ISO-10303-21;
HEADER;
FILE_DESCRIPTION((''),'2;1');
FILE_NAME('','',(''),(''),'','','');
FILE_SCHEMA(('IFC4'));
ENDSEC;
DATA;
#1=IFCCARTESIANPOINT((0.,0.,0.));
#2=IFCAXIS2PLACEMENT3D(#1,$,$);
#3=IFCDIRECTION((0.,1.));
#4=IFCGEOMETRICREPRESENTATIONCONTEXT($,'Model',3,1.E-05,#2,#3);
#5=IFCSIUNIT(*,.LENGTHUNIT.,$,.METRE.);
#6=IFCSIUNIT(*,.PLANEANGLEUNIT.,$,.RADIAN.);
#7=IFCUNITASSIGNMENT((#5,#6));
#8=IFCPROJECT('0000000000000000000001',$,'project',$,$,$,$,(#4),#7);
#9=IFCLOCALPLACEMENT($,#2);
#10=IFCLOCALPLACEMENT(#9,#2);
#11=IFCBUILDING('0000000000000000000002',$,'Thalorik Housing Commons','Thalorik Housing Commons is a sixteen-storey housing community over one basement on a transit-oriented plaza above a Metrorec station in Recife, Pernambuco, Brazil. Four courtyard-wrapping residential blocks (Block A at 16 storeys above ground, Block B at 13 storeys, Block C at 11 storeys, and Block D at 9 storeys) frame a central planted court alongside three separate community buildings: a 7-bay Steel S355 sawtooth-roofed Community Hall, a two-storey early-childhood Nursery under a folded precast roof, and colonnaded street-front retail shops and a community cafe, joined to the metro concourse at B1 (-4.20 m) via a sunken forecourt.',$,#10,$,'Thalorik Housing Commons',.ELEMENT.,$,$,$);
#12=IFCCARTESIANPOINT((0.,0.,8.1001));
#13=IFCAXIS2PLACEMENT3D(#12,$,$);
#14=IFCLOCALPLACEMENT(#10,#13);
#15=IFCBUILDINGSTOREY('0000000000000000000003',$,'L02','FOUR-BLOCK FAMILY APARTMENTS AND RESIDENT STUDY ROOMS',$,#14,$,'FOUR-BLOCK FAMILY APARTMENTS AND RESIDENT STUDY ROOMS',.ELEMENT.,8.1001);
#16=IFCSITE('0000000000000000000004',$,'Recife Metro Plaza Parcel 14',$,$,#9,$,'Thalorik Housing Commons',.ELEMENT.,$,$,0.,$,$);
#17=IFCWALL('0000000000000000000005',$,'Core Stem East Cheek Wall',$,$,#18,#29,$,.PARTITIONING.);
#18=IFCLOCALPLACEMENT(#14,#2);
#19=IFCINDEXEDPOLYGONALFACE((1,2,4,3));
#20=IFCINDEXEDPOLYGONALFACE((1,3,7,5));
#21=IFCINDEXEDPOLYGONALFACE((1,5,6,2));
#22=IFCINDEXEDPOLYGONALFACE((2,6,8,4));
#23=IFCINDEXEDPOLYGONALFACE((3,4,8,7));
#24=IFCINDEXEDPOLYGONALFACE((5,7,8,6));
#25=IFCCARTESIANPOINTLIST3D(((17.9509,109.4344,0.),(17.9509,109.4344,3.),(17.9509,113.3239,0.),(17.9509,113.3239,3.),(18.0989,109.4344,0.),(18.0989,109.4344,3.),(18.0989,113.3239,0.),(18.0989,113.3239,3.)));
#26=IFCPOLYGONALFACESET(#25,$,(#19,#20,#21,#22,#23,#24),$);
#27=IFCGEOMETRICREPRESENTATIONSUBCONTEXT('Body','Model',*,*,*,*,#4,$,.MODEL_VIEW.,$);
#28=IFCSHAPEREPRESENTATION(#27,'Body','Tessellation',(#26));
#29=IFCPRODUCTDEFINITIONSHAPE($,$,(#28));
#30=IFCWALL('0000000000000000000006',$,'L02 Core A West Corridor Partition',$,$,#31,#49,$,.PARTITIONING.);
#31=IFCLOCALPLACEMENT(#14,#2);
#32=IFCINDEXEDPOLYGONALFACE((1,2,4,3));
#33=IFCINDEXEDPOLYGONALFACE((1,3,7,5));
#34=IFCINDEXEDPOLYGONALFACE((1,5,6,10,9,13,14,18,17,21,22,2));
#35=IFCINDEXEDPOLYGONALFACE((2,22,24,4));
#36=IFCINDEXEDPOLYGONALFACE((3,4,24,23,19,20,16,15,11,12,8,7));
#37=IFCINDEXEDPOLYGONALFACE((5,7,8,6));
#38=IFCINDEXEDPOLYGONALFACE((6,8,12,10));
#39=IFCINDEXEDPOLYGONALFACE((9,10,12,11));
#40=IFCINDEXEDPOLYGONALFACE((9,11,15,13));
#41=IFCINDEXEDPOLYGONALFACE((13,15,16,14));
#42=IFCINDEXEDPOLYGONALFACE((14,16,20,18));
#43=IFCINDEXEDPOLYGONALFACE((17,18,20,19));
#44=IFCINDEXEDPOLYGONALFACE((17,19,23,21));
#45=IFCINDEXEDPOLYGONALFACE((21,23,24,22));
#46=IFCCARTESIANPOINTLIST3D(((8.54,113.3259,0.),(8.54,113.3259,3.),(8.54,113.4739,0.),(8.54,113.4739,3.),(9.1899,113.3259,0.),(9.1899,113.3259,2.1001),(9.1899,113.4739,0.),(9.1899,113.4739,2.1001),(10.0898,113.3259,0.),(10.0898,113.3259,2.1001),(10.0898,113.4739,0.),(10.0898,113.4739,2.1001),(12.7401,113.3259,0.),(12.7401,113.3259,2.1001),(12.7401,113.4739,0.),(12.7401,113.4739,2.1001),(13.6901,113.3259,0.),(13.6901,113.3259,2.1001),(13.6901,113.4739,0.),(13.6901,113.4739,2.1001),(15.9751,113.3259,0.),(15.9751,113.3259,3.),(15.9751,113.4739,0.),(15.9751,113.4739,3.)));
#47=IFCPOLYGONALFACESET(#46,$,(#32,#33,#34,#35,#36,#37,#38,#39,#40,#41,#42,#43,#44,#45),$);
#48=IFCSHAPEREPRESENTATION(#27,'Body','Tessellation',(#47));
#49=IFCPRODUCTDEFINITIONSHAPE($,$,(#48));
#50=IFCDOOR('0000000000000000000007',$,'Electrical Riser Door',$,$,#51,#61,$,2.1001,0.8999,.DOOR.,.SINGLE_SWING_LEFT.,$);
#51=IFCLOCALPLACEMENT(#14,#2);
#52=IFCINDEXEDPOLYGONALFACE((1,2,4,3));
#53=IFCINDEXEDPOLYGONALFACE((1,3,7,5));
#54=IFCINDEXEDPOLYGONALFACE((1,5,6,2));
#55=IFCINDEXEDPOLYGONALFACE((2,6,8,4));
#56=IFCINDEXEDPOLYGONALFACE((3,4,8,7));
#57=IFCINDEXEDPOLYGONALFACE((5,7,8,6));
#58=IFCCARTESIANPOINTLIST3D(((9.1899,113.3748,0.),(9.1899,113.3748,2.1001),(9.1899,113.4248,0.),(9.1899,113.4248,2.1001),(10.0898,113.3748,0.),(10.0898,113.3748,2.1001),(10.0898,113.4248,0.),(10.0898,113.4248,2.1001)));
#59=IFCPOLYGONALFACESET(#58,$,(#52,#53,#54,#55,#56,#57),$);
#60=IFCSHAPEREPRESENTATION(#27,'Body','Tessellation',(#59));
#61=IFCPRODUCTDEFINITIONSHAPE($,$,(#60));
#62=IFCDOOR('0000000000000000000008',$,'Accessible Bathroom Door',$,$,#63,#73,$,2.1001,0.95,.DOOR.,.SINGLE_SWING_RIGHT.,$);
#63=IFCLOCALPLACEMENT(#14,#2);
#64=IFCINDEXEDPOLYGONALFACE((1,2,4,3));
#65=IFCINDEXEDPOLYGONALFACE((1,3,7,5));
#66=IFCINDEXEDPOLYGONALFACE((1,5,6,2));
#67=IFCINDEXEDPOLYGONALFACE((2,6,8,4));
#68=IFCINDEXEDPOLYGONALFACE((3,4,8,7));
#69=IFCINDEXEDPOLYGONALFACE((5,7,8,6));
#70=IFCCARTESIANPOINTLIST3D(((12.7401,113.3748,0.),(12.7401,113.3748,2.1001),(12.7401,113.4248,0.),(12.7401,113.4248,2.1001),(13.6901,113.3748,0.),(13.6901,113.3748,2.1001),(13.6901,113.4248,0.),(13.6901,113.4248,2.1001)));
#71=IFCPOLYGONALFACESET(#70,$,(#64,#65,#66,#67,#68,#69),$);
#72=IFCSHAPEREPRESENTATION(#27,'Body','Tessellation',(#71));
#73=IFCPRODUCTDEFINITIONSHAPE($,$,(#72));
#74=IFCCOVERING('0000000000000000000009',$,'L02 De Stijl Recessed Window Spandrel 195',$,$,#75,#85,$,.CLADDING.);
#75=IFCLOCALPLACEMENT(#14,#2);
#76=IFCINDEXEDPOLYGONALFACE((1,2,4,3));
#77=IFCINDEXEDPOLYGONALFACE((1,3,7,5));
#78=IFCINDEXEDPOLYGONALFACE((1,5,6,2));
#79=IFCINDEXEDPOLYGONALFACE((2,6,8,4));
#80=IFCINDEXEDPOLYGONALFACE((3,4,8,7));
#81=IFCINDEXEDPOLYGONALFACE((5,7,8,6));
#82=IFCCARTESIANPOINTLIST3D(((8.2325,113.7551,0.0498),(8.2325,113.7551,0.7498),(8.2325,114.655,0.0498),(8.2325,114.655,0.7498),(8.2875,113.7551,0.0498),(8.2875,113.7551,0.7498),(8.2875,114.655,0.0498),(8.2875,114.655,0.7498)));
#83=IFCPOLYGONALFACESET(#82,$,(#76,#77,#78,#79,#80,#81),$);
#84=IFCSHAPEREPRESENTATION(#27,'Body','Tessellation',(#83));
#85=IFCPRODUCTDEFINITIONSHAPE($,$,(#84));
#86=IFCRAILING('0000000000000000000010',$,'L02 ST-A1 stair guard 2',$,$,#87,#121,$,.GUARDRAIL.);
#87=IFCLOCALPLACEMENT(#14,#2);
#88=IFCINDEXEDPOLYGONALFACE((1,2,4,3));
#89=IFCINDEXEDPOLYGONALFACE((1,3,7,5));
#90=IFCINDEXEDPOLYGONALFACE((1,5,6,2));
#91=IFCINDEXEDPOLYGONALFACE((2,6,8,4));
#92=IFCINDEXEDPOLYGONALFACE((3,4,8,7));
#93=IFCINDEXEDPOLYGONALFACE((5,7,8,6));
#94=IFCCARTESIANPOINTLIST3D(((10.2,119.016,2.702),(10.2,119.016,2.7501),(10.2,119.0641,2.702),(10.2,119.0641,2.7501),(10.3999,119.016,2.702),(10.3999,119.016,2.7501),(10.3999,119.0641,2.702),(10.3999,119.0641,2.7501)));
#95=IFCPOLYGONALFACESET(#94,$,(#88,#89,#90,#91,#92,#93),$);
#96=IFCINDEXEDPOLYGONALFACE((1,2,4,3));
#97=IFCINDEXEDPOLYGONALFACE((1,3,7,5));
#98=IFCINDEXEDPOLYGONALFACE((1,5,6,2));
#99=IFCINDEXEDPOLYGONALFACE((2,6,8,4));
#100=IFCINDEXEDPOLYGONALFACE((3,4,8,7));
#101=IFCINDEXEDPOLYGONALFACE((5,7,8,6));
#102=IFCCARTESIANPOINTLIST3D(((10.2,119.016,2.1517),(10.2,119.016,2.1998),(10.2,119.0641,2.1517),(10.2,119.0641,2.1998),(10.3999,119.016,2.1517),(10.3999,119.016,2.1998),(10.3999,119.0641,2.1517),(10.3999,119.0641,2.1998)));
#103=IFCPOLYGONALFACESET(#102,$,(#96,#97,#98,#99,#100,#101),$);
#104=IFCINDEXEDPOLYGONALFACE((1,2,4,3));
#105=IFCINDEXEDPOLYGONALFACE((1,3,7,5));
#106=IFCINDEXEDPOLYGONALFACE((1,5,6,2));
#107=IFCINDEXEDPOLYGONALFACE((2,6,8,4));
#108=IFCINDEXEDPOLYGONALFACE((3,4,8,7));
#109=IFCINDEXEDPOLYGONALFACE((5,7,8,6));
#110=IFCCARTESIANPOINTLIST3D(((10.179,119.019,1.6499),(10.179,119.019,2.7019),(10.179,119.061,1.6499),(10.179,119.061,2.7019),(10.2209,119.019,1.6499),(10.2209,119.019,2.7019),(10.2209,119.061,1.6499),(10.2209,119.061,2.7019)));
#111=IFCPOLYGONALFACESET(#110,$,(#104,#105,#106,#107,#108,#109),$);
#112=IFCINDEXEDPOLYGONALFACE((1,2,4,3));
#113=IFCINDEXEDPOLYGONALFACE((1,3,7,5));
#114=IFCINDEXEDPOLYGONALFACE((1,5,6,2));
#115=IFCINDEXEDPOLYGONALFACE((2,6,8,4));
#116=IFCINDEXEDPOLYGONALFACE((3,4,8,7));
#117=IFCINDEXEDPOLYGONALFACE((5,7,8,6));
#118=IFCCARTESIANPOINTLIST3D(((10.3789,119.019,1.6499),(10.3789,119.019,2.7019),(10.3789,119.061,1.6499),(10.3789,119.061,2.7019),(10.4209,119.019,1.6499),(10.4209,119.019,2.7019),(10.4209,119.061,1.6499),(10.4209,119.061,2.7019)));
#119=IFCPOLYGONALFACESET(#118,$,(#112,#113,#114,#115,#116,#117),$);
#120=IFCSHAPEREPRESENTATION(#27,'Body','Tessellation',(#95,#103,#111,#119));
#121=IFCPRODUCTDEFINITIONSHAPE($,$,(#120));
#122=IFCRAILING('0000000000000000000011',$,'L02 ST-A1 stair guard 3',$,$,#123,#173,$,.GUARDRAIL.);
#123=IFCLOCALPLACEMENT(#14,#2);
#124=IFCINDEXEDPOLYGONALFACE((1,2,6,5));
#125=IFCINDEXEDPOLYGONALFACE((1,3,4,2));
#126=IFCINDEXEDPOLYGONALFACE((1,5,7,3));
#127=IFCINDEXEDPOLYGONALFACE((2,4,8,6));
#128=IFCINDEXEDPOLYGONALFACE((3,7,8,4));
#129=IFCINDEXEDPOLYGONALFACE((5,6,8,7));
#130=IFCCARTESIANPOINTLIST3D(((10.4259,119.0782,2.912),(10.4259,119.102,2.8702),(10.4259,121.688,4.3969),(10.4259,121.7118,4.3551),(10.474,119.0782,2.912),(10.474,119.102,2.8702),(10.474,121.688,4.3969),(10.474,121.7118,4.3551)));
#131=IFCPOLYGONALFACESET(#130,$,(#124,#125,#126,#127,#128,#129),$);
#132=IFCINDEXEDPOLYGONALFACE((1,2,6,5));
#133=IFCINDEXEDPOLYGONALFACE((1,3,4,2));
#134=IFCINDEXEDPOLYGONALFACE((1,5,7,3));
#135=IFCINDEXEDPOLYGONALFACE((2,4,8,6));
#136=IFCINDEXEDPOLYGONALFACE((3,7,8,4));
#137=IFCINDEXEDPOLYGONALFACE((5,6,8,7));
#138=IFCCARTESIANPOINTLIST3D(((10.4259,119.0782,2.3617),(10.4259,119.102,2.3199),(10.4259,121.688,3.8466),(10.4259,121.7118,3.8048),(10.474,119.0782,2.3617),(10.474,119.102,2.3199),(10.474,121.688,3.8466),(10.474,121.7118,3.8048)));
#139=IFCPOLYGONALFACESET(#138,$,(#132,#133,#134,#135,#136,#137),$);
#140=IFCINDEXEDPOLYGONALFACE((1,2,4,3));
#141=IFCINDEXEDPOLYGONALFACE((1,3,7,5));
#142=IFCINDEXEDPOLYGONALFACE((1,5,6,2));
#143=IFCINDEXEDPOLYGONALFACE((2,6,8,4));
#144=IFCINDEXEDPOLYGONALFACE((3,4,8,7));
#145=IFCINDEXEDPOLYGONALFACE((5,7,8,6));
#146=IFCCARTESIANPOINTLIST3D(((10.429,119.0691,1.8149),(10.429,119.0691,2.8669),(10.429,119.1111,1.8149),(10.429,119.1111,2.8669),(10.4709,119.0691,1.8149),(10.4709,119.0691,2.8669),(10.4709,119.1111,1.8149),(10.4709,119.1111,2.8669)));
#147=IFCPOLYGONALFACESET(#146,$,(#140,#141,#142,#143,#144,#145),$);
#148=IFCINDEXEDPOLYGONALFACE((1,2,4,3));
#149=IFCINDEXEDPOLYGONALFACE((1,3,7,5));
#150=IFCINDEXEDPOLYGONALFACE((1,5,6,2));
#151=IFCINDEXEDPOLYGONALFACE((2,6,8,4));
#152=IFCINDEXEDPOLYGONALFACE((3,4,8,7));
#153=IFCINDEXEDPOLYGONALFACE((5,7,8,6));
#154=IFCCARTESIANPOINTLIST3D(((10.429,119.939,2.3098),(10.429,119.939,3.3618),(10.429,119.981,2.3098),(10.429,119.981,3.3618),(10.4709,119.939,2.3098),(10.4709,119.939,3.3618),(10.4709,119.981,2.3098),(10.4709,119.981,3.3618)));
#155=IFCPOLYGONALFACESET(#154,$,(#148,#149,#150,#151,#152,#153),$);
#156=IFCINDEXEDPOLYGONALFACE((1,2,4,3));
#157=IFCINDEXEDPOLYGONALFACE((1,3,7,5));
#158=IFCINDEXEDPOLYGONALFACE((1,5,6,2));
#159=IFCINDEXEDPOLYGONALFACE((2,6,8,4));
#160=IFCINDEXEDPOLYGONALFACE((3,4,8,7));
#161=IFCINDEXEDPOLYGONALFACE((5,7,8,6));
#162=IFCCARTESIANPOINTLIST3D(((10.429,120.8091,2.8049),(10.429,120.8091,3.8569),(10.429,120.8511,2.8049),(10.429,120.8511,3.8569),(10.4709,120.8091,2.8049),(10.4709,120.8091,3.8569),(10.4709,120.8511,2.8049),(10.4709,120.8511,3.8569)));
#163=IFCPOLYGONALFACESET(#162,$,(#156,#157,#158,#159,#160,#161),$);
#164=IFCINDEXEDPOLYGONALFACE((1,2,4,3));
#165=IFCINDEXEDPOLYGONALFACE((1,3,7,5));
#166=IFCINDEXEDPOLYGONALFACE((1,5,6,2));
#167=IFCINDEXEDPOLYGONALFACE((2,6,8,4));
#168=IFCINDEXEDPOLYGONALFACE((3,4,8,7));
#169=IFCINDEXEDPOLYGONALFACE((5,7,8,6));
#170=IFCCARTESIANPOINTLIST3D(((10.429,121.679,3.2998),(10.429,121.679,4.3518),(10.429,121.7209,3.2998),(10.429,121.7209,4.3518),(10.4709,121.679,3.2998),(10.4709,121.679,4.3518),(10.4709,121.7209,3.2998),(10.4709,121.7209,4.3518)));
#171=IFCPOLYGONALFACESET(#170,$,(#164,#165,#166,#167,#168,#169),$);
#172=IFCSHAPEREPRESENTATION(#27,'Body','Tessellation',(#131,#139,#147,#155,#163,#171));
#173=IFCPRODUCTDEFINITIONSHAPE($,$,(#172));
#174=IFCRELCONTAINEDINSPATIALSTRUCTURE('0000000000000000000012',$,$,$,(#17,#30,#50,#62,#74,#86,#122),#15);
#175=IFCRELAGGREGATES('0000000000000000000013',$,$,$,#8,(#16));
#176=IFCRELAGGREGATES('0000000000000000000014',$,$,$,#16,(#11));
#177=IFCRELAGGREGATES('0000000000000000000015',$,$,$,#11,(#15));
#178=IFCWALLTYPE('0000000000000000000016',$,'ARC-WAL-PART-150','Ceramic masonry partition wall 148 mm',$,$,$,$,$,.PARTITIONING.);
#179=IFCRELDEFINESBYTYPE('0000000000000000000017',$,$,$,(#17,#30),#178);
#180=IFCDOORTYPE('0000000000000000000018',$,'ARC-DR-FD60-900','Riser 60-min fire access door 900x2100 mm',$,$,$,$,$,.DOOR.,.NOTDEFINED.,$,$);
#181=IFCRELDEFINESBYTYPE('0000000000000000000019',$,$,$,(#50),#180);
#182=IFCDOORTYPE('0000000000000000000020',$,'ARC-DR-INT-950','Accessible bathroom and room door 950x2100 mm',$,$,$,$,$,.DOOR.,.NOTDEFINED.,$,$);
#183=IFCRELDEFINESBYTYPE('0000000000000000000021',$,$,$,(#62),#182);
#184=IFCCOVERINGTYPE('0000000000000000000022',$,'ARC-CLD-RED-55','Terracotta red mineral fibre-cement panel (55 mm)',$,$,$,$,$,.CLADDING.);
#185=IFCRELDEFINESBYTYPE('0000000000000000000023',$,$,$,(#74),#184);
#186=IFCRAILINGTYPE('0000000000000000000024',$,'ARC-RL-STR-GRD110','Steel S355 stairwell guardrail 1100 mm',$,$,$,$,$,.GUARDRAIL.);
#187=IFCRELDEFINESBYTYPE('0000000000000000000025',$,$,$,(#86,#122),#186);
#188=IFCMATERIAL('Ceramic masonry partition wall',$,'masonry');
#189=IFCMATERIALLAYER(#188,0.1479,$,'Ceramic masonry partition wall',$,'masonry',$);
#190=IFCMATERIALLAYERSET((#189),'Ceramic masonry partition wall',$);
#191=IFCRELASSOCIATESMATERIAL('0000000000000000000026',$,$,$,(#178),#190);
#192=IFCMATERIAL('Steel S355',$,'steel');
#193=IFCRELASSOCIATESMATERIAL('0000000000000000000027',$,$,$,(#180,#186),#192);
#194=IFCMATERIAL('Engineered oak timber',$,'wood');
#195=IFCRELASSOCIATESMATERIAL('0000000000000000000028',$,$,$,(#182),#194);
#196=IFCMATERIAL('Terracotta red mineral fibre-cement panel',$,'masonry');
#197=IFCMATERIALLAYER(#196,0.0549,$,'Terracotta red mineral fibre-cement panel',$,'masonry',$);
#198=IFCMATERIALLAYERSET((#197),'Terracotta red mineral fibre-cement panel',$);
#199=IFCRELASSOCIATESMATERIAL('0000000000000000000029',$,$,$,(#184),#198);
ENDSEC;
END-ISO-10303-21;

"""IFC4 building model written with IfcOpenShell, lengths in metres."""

from ifc_helpers import new_model, si_unit, direction, frame, frame_2d, origin, origin_2d, place, context, subcontext, project, spatial, rectangle, extrude, material, layer, layer_set, type_object, element, fill, save


model = new_model("IFC4")

# Units and contexts
model_context = context("Model", 3, precision=1e-05, world=origin(), true_north=direction((0.0, 1.0)))
body_context = subcontext(model_context, "Body", "Model", "MODEL_VIEW")
ifc_project = project(units=[si_unit("LENGTHUNIT", "METRE"), si_unit("PLANEANGLEUNIT", "RADIAN")], contexts=[model_context])

# Site, building, storey
site_placement = place(None, origin())
site = spatial("IfcSite", under=ifc_project, at=site_placement, Name="Recife Metro Plaza Parcel 14", LongName="Thalorik Housing Commons", CompositionType="ELEMENT", RefElevation=0.0)
building_placement = place(site_placement, origin())
building = spatial("IfcBuilding", under=site, at=building_placement, Name="Thalorik Housing Commons", Description="Thalorik Housing Commons is a sixteen-storey housing community over one basement on a transit-oriented plaza above a Metrorec station in Recife, Pernambuco, Brazil. Four courtyard-wrapping residential blocks (Block A at 16 storeys above ground, Block B at 13 storeys, Block C at 11 storeys, and Block D at 9 storeys) frame a central planted court alongside three separate community buildings: a 7-bay Steel S355 sawtooth-roofed Community Hall, a two-storey early-childhood Nursery under a folded precast roof, and colonnaded street-front retail shops and a community cafe, joined to the metro concourse at B1 (-4.20 m) via a sunken forecourt.", LongName="Thalorik Housing Commons", CompositionType="ELEMENT")
storey_placement = place(building_placement, frame((0.0, 0.0, 8.1001)))
storey = spatial("IfcBuildingStorey", under=building, at=storey_placement, Name="L02", Description="FOUR-BLOCK FAMILY APARTMENTS AND RESIDENT STUDY ROOMS", LongName="FOUR-BLOCK FAMILY APARTMENTS AND RESIDENT STUDY ROOMS", CompositionType="ELEMENT", Elevation=8.1001)

# Shared definitions
ifc_material_1 = material(Name="Steel S355", Category="steel")

# Wall
ifc_material_2 = material(Name="Ceramic masonry partition wall", Category="masonry")
ifc_layer_1 = layer(ifc_material_2, 0.1479, Name="Ceramic masonry partition wall", Category="masonry")
ifc_layer_set_1 = layer_set([ifc_layer_1], Name="Ceramic masonry partition wall")
wall_type_1 = type_object("IfcWallType", Name="ARC-WAL-PART-150", Description="Ceramic masonry partition wall 148 mm", PredefinedType="PARTITIONING", material=ifc_layer_set_1)
wall_1_placement = place(storey_placement, frame((18.0249, 113.324, 0.0), z_axis=(0.0, 0.0, 1.0), x_axis=(0.0, -1.0, 0.0)))
element("IfcWall", 1, at=wall_1_placement, inside=storey, type_object=wall_type_1, Name="Core Stem East Cheek Wall", PredefinedType="PARTITIONING", context=body_context, shape_type="SweptSolid", body=[
    extrude(rectangle(XDim=3.8894, YDim=0.1479, at=frame_2d((1.9448, 0.0))), origin(), (0.0, 0.0, 1.0), 3.0),
])

# Wall, openings, doors
wall_2_placement = place(storey_placement, frame((8.54, 113.3999, 0.0), z_axis=(0.0, 0.0, 1.0), x_axis=(1.0, 0.0, 0.0)))
wall_2 = element("IfcWall", 2, at=wall_2_placement, inside=storey, type_object=wall_type_1, Name="L02 Core A West Corridor Partition", PredefinedType="PARTITIONING", context=body_context, shape_type="SweptSolid", body=[
    extrude(rectangle(XDim=7.4351, YDim=0.1479, at=frame_2d((3.7175, 0.0))), origin(), (0.0, 0.0, 1.0), 3.0),
])
opening_1_placement = place(wall_2_placement, frame((0.6499, 0.0, 0.0)))
opening_1 = element("IfcOpeningElement", 3, at=opening_1_placement, cuts=wall_2, PredefinedType="OPENING", context=body_context, shape_type="SweptSolid", body=[
    extrude(rectangle(XDim=0.8999, YDim=2.1001, at=frame_2d((0.45, 1.05))), frame((0.0, 0.084, 0.0), z_axis=(0.0, -1.0, 0.0), x_axis=(1.0, 0.0, 0.0)), (0.0, 0.0, 1.0), 0.168),
])
opening_2_placement = place(wall_2_placement, frame((4.2, 0.0, 0.0)))
opening_2 = element("IfcOpeningElement", 4, at=opening_2_placement, cuts=wall_2, PredefinedType="OPENING", context=body_context, shape_type="SweptSolid", body=[
    extrude(rectangle(XDim=0.95, YDim=2.1001, at=frame_2d((0.4751, 1.05))), frame((0.0, 0.084, 0.0), z_axis=(0.0, -1.0, 0.0), x_axis=(1.0, 0.0, 0.0)), (0.0, 0.0, 1.0), 0.168),
])
door_type_1 = type_object("IfcDoorType", Name="ARC-DR-FD60-900", Description="Riser 60-min fire access door 900x2100 mm", OperationType="NOTDEFINED", PredefinedType="DOOR", material=ifc_material_1)
door_1_placement = place(opening_1_placement, origin())
door_1 = element("IfcDoor", 5, at=door_1_placement, inside=storey, type_object=door_type_1, Name="Electrical Riser Door", OperationType="SINGLE_SWING_LEFT", OverallHeight=2.1001, OverallWidth=0.8999, PredefinedType="DOOR", context=body_context, shape_type="SweptSolid", body=[
    extrude(rectangle(XDim=0.8999, YDim=2.1001, at=frame_2d((0.45, 1.05))), frame((0.0, 0.0249, 0.0), z_axis=(0.0, -1.0, 0.0), x_axis=(1.0, 0.0, 0.0)), (0.0, 0.0, 1.0), 0.05),
])
fill(opening_1, door_1)
ifc_material_3 = material(Name="Engineered oak timber", Category="wood")
door_type_2 = type_object("IfcDoorType", Name="ARC-DR-INT-950", Description="Accessible bathroom and room door 950x2100 mm", OperationType="NOTDEFINED", PredefinedType="DOOR", material=ifc_material_3)
door_2_placement = place(opening_2_placement, origin())
door_2 = element("IfcDoor", 6, at=door_2_placement, inside=storey, type_object=door_type_2, Name="Accessible Bathroom Door", OperationType="SINGLE_SWING_RIGHT", OverallHeight=2.1001, OverallWidth=0.95, PredefinedType="DOOR", context=body_context, shape_type="SweptSolid", body=[
    extrude(rectangle(XDim=0.95, YDim=2.1001, at=frame_2d((0.4751, 1.05))), frame((0.0, 0.0249, 0.0), z_axis=(0.0, -1.0, 0.0), x_axis=(1.0, 0.0, 0.0)), (0.0, 0.0, 1.0), 0.05),
])
fill(opening_2, door_2)

# Covering
ifc_material_4 = material(Name="Terracotta red mineral fibre-cement panel", Category="masonry")
ifc_layer_2 = layer(ifc_material_4, 0.0549, Name="Terracotta red mineral fibre-cement panel", Category="masonry")
ifc_layer_set_2 = layer_set([ifc_layer_2], Name="Terracotta red mineral fibre-cement panel")
covering_type_1 = type_object("IfcCoveringType", Name="ARC-CLD-RED-55", Description="Terracotta red mineral fibre-cement panel (55 mm)", PredefinedType="CLADDING", material=ifc_layer_set_2)
covering_1_placement = place(storey_placement, frame((8.26, 114.2051, 0.0498), z_axis=(0.0, 0.0, 1.0), x_axis=(0.0, -1.0, 0.0)))
element("IfcCovering", 7, at=covering_1_placement, inside=storey, type_object=covering_type_1, Name="L02 De Stijl Recessed Window Spandrel 195", PredefinedType="CLADDING", context=body_context, shape_type="SweptSolid", body=[
    extrude(rectangle(XDim=0.8999, YDim=0.0549, at=origin_2d()), origin(), (0.0, 0.0, 1.0), 0.7),
])

# Railings
railing_type = type_object("IfcRailingType", Name="ARC-RL-STR-GRD110", Description="Steel S355 stairwell guardrail 1100 mm", PredefinedType="GUARDRAIL", material=ifc_material_1)
railing_1_placement = place(storey_placement, frame((10.2, 119.04, 1.6499)))
element("IfcRailing", 8, at=railing_1_placement, inside=storey, type_object=railing_type, Name="L02 ST-A1 stair guard 2", PredefinedType="GUARDRAIL", context=body_context, shape_type="SweptSolid", body=[
    extrude(rectangle(XDim=0.0481, YDim=0.0481, at=origin_2d()), frame((0.0, 0.0, 1.0762), z_axis=(1.0, 0.0, 0.0), x_axis=(0.0, 1.0, 0.0)), (0.0, 0.0, 1.0), 0.2),
    extrude(rectangle(XDim=0.0481, YDim=0.0481, at=origin_2d()), frame((0.0, 0.0, 0.5259), z_axis=(1.0, 0.0, 0.0), x_axis=(0.0, 1.0, 0.0)), (0.0, 0.0, 1.0), 0.2),
    extrude(rectangle(XDim=0.042, YDim=0.042, at=origin_2d()), origin(), (0.0, 0.0, 1.0), 1.052),
    extrude(rectangle(XDim=0.042, YDim=0.042, at=origin_2d()), frame((0.2, 0.0, 0.0)), (0.0, 0.0, 1.0), 1.052),
])
railing_2_placement = place(storey_placement, frame((10.45, 119.0901, 1.8149)))
element("IfcRailing", 9, at=railing_2_placement, inside=storey, type_object=railing_type, Name="L02 ST-A1 stair guard 3", PredefinedType="GUARDRAIL", context=body_context, shape_type="SweptSolid", body=[
    extrude(rectangle(XDim=0.0481, YDim=0.0481, at=origin_2d()), frame((0.0, 0.0, 1.0762), z_axis=(0.0, 0.869172, 0.494509), x_axis=(-1.0, 0.0, 0.0)), (0.0, 0.0, 1.0), 3.0027),
    extrude(rectangle(XDim=0.0481, YDim=0.0481, at=origin_2d()), frame((0.0, 0.0, 0.5259), z_axis=(0.0, 0.869172, 0.494509), x_axis=(-1.0, 0.0, 0.0)), (0.0, 0.0, 1.0), 3.0027),
    extrude(rectangle(XDim=0.042, YDim=0.042, at=origin_2d()), origin(), (0.0, 0.0, 1.0), 1.052),
    extrude(rectangle(XDim=0.042, YDim=0.042, at=origin_2d()), frame((0.0, 0.8699, 0.4949)), (0.0, 0.0, 1.0), 1.052),
    extrude(rectangle(XDim=0.042, YDim=0.042, at=origin_2d()), frame((0.0, 1.74, 0.99)), (0.0, 0.0, 1.0), 1.052),
    extrude(rectangle(XDim=0.042, YDim=0.042, at=origin_2d()), frame((0.0, 2.6099, 1.4849)), (0.0, 0.0, 1.0), 1.052),
])

save(model, "model.ifc")
